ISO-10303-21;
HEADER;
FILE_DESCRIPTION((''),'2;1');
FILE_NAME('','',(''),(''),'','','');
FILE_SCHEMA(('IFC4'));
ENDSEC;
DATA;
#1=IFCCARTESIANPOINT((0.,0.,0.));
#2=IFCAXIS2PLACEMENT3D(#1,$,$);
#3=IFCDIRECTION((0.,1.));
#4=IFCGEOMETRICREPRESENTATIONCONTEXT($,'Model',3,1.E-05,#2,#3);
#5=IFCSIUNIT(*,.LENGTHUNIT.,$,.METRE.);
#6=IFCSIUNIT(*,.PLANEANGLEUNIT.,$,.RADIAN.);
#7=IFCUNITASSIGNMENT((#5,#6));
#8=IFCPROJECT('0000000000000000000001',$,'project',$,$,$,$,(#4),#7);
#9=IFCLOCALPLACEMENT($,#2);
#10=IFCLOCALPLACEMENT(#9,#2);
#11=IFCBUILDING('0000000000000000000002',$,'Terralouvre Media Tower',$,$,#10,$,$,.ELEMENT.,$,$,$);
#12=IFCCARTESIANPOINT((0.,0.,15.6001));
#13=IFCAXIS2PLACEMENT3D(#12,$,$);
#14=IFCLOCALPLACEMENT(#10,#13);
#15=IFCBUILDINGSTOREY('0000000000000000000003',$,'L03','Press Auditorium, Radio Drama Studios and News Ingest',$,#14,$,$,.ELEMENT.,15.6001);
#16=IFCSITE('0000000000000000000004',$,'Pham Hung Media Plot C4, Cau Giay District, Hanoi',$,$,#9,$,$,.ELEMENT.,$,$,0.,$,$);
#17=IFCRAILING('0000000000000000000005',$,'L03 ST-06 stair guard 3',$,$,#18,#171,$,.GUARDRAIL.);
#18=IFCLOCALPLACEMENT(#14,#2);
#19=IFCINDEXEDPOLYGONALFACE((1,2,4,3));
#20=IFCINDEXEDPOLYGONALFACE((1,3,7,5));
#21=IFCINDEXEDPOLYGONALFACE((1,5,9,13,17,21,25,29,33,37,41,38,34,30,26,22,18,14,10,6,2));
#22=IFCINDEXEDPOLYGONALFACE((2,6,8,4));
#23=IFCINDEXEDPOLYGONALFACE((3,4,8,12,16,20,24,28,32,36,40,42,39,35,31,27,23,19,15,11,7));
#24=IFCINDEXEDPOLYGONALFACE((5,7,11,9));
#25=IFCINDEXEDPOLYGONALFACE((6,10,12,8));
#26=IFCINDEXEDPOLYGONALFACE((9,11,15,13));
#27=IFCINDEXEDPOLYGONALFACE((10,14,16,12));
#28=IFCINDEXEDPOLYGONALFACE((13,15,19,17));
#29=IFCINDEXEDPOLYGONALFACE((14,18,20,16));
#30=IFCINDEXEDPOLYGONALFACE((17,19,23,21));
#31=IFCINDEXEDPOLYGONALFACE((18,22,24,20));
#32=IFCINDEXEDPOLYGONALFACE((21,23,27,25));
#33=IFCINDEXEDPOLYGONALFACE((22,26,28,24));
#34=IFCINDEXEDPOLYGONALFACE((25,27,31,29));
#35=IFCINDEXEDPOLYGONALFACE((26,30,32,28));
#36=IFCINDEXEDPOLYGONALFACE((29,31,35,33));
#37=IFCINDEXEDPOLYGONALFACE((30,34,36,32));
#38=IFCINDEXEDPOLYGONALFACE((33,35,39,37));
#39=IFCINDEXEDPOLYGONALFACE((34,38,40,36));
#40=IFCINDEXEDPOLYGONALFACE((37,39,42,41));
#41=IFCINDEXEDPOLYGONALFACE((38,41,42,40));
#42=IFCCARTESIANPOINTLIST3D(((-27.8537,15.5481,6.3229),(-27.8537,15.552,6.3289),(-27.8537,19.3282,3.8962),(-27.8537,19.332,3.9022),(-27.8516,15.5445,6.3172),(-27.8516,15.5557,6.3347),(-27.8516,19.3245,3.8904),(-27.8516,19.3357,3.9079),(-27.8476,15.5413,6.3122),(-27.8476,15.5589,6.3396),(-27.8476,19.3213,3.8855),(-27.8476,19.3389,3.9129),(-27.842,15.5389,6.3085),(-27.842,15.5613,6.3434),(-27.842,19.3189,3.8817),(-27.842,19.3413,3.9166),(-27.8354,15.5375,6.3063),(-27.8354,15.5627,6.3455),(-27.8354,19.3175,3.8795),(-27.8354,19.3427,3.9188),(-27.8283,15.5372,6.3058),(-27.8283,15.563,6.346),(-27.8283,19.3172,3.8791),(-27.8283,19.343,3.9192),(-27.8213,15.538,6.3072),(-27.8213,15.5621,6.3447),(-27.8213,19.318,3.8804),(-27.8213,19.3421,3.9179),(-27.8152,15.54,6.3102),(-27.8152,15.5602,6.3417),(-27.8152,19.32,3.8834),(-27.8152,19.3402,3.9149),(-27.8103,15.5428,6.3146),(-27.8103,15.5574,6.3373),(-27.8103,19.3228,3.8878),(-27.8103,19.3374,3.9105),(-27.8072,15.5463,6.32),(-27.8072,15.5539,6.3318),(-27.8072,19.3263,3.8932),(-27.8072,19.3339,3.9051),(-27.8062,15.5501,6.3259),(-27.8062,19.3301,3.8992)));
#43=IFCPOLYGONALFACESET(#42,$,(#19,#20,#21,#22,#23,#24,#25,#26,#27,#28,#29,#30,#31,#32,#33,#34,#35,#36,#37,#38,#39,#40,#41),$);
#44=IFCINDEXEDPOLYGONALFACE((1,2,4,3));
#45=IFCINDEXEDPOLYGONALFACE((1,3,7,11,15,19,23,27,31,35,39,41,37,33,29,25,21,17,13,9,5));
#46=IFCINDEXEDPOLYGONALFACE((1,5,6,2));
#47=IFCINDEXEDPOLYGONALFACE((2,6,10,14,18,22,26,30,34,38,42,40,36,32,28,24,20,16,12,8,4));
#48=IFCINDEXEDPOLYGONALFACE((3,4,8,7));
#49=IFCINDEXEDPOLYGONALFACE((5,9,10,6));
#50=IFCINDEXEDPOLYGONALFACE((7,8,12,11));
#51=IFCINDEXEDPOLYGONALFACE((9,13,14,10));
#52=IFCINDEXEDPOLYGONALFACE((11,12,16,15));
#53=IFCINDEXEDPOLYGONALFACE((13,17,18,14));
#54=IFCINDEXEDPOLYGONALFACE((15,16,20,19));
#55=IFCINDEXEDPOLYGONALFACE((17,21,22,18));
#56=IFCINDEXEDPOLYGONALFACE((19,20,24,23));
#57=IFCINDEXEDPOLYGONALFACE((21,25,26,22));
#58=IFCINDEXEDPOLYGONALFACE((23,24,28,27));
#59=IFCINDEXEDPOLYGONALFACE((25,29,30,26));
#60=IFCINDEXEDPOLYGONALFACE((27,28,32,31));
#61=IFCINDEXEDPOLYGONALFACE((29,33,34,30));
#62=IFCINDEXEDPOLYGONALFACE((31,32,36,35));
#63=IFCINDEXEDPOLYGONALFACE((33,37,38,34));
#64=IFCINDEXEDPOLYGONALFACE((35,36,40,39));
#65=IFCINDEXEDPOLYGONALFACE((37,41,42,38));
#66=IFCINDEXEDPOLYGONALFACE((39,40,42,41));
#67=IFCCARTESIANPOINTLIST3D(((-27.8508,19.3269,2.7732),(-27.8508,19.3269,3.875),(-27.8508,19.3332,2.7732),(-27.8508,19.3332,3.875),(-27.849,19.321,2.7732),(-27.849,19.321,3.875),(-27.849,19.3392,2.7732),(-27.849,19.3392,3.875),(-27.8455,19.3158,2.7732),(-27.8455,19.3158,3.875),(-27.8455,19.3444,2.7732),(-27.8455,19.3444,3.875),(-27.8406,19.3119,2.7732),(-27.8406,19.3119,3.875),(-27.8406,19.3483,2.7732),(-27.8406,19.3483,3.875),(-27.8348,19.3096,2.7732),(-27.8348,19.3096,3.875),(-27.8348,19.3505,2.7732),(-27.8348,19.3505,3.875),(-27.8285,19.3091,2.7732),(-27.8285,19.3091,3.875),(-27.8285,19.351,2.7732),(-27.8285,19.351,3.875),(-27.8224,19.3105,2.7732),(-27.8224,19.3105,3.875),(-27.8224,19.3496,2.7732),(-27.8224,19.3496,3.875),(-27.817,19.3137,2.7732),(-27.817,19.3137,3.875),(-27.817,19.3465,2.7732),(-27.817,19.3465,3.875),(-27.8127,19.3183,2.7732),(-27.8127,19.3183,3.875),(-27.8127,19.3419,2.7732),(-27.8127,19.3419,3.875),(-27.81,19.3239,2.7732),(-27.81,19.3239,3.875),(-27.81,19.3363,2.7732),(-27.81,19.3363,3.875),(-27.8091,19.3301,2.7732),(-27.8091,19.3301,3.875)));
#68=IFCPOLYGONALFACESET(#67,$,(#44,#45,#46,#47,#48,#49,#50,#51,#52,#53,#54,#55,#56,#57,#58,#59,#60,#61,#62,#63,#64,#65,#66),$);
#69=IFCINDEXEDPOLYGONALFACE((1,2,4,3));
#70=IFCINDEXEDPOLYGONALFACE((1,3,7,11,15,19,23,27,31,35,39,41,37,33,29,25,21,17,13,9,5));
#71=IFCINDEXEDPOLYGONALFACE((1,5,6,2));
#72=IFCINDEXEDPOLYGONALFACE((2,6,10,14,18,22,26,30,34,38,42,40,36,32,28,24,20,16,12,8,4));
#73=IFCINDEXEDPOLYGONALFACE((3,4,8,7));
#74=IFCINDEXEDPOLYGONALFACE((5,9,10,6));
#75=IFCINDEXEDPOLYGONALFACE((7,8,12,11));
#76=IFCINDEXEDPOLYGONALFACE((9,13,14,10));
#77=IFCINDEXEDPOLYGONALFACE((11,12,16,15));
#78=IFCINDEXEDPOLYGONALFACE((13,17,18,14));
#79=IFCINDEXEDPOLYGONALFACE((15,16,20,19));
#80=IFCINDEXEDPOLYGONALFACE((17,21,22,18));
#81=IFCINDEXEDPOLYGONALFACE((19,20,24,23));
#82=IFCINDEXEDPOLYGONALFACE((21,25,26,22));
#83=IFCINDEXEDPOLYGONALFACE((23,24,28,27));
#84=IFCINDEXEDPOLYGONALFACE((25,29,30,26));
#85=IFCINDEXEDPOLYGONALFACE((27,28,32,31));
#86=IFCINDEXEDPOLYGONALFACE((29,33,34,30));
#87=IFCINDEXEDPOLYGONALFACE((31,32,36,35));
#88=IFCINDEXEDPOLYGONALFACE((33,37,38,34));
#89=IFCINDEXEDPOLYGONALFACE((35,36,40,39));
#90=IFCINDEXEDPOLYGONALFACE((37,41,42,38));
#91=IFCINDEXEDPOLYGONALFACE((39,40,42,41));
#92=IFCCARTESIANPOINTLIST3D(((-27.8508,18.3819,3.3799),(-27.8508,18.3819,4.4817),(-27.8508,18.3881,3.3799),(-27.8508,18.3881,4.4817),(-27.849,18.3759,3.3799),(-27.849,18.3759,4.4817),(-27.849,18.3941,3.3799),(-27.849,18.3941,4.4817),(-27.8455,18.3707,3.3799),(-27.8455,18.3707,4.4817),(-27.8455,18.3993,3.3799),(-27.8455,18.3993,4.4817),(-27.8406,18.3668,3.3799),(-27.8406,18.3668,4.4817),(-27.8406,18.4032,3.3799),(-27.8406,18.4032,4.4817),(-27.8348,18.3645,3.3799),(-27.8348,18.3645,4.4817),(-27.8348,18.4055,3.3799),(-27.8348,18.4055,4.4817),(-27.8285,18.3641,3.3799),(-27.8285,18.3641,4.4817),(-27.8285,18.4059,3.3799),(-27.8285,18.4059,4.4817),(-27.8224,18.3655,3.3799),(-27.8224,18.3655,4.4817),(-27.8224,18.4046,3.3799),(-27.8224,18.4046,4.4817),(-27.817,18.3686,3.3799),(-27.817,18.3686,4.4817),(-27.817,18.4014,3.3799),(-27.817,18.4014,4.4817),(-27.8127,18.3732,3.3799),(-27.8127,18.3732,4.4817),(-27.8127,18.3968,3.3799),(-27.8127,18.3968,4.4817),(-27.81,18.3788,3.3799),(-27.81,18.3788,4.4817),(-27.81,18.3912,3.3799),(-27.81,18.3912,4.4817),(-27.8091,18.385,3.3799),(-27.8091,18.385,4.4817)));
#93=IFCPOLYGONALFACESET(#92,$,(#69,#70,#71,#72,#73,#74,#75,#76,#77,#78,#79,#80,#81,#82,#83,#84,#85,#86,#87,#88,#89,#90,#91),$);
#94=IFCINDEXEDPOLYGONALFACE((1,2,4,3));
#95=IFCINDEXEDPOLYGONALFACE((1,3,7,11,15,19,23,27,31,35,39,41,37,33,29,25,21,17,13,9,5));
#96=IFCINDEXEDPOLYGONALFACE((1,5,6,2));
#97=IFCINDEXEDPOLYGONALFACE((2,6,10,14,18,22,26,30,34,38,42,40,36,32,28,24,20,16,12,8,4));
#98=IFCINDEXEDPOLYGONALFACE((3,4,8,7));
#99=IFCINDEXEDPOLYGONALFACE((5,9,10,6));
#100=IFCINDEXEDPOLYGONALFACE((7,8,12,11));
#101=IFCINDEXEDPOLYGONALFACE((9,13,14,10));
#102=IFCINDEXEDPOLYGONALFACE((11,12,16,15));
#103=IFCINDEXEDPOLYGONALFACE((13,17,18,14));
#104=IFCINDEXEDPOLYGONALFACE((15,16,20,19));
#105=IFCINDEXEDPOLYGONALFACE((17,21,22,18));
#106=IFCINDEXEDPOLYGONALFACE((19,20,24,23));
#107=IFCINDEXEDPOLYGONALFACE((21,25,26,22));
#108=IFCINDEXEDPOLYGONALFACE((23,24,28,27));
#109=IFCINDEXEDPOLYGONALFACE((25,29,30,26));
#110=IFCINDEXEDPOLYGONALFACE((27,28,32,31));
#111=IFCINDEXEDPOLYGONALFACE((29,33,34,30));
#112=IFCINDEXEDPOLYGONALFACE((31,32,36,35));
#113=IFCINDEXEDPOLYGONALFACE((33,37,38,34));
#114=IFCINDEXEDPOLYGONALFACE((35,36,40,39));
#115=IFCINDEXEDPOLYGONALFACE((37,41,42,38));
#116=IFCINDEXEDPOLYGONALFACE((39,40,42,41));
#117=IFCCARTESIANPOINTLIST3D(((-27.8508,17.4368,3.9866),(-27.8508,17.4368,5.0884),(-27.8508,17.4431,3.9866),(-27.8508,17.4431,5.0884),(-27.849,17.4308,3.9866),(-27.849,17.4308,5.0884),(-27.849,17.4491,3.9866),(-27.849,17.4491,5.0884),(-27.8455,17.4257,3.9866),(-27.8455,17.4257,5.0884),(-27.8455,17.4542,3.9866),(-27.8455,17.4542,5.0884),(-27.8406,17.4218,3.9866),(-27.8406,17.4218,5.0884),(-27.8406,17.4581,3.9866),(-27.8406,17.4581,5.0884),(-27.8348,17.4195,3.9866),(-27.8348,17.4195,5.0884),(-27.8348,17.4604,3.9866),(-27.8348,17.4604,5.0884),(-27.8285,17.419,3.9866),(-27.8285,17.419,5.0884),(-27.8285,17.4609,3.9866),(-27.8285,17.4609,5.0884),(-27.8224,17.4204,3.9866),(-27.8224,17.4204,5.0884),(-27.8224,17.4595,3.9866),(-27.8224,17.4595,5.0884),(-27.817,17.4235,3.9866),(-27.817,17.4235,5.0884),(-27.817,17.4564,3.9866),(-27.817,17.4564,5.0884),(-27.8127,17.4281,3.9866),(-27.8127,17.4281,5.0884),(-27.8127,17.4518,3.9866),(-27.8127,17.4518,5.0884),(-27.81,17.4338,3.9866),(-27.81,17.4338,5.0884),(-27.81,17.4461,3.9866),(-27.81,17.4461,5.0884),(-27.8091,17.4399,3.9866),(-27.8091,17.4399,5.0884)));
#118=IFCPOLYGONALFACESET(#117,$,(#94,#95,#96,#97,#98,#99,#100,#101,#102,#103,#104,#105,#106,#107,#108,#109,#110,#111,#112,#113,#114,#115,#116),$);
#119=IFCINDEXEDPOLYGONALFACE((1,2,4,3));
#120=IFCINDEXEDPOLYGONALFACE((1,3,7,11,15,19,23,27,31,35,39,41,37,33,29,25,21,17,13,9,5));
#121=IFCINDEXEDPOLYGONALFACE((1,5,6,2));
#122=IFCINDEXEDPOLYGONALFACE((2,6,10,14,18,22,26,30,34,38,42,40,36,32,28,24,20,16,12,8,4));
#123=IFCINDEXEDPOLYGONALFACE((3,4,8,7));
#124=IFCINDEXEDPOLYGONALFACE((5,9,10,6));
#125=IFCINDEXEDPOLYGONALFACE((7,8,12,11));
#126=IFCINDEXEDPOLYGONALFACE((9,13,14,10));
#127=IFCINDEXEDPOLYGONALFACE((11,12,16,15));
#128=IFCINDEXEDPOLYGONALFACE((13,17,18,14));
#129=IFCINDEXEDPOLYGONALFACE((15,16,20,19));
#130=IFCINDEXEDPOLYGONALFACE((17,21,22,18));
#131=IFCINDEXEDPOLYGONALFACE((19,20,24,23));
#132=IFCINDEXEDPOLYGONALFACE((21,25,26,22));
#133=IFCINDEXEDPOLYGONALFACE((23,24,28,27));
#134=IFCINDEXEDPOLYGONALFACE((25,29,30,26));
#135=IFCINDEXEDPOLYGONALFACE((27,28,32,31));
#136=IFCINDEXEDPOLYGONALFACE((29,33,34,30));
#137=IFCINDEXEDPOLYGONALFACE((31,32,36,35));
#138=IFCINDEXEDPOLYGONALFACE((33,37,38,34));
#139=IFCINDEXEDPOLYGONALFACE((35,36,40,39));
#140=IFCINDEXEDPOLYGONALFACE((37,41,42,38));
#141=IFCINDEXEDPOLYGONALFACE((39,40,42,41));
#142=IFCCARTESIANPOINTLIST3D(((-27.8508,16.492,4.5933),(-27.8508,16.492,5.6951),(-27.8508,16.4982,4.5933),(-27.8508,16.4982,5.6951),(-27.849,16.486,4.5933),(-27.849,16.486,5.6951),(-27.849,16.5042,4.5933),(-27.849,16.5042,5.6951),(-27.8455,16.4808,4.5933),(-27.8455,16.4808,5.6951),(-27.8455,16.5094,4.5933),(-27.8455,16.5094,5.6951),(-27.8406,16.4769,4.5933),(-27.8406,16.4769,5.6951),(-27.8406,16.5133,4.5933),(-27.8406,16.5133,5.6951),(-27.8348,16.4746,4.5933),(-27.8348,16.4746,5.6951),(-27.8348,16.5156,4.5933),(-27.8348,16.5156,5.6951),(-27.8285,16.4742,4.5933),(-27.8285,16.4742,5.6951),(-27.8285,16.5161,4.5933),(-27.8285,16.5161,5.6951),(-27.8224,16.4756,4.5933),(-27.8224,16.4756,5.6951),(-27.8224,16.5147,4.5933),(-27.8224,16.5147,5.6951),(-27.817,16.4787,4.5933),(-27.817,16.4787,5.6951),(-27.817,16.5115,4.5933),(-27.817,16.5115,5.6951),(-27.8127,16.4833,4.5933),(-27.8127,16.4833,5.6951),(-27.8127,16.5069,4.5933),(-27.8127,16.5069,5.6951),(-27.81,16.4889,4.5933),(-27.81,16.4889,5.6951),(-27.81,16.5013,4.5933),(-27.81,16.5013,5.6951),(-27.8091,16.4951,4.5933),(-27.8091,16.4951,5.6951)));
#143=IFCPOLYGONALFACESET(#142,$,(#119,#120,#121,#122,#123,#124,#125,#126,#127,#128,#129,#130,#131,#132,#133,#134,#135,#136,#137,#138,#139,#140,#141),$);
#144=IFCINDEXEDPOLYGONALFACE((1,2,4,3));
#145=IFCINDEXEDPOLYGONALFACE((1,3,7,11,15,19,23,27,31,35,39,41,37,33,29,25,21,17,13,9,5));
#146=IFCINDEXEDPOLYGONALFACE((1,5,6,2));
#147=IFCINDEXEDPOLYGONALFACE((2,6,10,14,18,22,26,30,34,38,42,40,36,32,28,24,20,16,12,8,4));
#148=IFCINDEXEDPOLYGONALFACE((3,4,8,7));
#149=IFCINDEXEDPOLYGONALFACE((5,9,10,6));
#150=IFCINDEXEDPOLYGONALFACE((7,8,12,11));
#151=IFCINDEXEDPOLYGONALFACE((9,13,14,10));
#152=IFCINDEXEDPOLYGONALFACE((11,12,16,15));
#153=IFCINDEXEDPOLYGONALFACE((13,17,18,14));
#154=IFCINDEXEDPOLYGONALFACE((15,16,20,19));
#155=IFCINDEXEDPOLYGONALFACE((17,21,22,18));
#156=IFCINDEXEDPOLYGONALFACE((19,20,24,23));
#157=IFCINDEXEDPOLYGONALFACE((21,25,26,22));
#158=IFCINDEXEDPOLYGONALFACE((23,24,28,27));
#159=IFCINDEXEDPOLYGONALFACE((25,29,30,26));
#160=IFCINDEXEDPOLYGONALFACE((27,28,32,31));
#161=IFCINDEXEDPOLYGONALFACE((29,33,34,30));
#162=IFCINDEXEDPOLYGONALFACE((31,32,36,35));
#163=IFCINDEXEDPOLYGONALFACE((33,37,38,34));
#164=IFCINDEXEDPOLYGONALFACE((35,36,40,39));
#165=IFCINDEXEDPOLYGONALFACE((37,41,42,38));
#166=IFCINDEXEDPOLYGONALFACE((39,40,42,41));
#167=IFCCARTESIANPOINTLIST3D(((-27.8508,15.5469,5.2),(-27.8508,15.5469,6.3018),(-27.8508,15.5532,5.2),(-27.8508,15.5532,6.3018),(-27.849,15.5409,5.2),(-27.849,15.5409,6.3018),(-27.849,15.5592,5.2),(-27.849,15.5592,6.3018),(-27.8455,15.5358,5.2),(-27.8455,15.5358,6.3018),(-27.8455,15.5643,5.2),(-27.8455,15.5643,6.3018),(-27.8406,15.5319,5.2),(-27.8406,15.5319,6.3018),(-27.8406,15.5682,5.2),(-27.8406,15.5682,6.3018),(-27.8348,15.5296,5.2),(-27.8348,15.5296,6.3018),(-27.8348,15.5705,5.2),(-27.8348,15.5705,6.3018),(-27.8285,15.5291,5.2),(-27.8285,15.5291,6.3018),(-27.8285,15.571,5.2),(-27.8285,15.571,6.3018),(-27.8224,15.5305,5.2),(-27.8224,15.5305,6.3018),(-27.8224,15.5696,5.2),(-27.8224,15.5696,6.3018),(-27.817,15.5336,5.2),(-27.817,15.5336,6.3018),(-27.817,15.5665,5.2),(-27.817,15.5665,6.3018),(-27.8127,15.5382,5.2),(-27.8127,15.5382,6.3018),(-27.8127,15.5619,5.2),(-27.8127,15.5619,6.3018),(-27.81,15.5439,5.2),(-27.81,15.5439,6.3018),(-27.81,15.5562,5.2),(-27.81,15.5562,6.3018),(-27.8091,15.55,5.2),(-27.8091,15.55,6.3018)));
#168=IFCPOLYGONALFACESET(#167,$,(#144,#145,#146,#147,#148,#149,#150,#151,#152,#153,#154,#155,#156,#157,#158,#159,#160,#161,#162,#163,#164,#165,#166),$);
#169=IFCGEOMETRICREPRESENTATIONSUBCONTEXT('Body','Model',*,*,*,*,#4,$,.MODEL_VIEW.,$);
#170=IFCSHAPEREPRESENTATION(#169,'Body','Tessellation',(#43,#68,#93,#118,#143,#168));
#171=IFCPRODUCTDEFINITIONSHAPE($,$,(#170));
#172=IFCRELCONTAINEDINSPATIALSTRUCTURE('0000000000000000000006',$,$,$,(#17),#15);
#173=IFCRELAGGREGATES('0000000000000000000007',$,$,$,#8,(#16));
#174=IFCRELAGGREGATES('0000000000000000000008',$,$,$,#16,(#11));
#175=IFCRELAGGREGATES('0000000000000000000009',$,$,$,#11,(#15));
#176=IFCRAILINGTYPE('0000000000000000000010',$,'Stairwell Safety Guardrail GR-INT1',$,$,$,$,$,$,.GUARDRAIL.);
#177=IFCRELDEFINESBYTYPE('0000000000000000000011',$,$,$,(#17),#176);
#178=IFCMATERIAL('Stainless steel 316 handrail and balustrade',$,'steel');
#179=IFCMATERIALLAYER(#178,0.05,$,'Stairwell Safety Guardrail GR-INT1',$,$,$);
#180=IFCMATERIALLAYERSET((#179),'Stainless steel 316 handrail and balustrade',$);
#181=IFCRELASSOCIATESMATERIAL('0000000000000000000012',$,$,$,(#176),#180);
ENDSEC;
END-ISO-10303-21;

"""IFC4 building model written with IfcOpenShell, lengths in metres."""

from ifc_helpers import new_model, si_unit, direction, frame, origin, origin_2d, place, context, subcontext, project, spatial, circle, extrude, material, layer, layer_set, type_object, element, save


model = new_model("IFC4")

# Units and contexts
model_context = context("Model", 3, precision=1e-05, world=origin(), true_north=direction((0.0, 1.0)))
body_context = subcontext(model_context, "Body", "Model", "MODEL_VIEW")
ifc_project = project(units=[si_unit("LENGTHUNIT", "METRE"), si_unit("PLANEANGLEUNIT", "RADIAN")], contexts=[model_context])

# Site, building, storey
site_placement = place(None, origin())
site = spatial("IfcSite", under=ifc_project, at=site_placement, Name="Pham Hung Media Plot C4, Cau Giay District, Hanoi", CompositionType="ELEMENT", RefElevation=0.0)
building_placement = place(site_placement, origin())
building = spatial("IfcBuilding", under=site, at=building_placement, Name="Terralouvre Media Tower", CompositionType="ELEMENT")
storey_placement = place(building_placement, frame((0.0, 0.0, 15.6001)))
storey = spatial("IfcBuildingStorey", under=building, at=storey_placement, Name="L03", Description="Press Auditorium, Radio Drama Studios and News Ingest", CompositionType="ELEMENT", Elevation=15.6001)

# Railing
ifc_material_1 = material(Name="Stainless steel 316 handrail and balustrade", Category="steel")
ifc_layer_1 = layer(ifc_material_1, 0.05, Name="Stairwell Safety Guardrail GR-INT1")
ifc_layer_set_1 = layer_set([ifc_layer_1], Name="Stainless steel 316 handrail and balustrade")
railing_type_1 = type_object("IfcRailingType", Name="Stairwell Safety Guardrail GR-INT1", PredefinedType="GUARDRAIL", material=ifc_layer_set_1)
railing_1_placement = place(storey_placement, frame((-27.8301, 19.3301, 2.7732)))
element("IfcRailing", 1, at=railing_1_placement, inside=storey, type_object=railing_type_1, Name="L03 ST-06 stair guard 3", PredefinedType="GUARDRAIL", context=body_context, shape_type="SweptSolid", body=[
    extrude(circle(Radius=0.0239, at=origin_2d()), frame((0.0, 0.0, 1.126), z_axis=(0.0, -0.841509, 0.540244), x_axis=(1.0, 0.0, 0.0)), (0.0, 0.0, 1.0), 4.4919),
    extrude(circle(Radius=0.021, at=origin_2d()), origin(), (0.0, 0.0, 1.0), 1.1018),
    extrude(circle(Radius=0.021, at=origin_2d()), frame((0.0, -0.9451, 0.6067)), (0.0, 0.0, 1.0), 1.1018),
    extrude(circle(Radius=0.021, at=origin_2d()), frame((0.0, -1.8901, 1.2134)), (0.0, 0.0, 1.0), 1.1018),
    extrude(circle(Radius=0.021, at=origin_2d()), frame((0.0, -2.835, 1.8201)), (0.0, 0.0, 1.0), 1.1018),
    extrude(circle(Radius=0.021, at=origin_2d()), frame((0.0, -3.78, 2.4268)), (0.0, 0.0, 1.0), 1.1018),
])

save(model, "model.ifc")
